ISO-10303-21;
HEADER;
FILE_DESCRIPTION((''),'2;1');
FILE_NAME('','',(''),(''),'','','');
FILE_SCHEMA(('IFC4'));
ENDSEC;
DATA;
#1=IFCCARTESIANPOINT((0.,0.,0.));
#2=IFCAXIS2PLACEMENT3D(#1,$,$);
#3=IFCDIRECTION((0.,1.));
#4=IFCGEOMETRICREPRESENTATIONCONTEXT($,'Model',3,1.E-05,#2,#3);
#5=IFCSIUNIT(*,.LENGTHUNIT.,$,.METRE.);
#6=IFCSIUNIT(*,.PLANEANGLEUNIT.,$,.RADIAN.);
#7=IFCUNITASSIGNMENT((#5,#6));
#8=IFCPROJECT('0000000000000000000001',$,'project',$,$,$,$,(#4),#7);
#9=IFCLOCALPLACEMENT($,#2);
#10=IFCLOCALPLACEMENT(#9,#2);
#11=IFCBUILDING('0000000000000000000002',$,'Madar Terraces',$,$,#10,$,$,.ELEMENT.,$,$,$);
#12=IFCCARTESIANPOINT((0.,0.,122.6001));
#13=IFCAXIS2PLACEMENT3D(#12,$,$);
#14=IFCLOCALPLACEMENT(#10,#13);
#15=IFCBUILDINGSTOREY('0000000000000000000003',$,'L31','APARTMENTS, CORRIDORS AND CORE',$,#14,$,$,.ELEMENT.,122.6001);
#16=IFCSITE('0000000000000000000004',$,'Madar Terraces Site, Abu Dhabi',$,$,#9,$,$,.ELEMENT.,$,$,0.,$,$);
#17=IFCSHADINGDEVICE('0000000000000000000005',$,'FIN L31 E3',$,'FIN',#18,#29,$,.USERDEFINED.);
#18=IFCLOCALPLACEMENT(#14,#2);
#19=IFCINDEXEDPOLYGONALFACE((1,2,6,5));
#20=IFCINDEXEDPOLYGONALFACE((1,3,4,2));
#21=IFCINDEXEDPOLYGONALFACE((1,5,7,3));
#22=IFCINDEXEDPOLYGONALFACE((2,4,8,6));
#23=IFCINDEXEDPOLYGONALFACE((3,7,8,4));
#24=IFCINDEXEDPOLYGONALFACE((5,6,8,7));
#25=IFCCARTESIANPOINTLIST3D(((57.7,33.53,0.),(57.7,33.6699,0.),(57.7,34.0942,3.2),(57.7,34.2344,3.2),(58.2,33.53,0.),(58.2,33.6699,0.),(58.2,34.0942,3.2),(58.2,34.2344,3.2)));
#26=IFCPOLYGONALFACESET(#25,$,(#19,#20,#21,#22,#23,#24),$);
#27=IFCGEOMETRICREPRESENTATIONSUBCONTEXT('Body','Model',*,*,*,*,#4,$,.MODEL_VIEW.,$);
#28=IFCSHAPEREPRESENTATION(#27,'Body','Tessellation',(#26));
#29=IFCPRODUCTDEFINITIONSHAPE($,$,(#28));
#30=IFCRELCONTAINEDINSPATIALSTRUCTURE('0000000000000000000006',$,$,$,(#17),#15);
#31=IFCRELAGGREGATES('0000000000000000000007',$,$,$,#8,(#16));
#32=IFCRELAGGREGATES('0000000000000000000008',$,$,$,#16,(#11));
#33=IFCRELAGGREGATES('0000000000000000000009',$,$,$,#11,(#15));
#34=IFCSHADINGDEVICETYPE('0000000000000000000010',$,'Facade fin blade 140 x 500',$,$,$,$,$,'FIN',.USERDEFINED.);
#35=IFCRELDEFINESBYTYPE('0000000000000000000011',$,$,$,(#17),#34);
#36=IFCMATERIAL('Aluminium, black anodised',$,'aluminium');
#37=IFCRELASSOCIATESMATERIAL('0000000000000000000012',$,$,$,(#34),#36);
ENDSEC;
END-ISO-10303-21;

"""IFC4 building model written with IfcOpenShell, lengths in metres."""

from ifc_helpers import new_model, si_unit, direction, frame, origin, place, context, subcontext, project, spatial, polyline, outline, extrude, material, type_object, element, save


model = new_model("IFC4")

# Units and contexts
model_context = context("Model", 3, precision=1e-05, world=origin(), true_north=direction((0.0, 1.0)))
body_context = subcontext(model_context, "Body", "Model", "MODEL_VIEW")
ifc_project = project(units=[si_unit("LENGTHUNIT", "METRE"), si_unit("PLANEANGLEUNIT", "RADIAN")], contexts=[model_context])

# Site, building, storey
site_placement = place(None, origin())
site = spatial("IfcSite", under=ifc_project, at=site_placement, Name="Madar Terraces Site, Abu Dhabi", CompositionType="ELEMENT", RefElevation=0.0)
building_placement = place(site_placement, origin())
building = spatial("IfcBuilding", under=site, at=building_placement, Name="Madar Terraces", CompositionType="ELEMENT")
storey_placement = place(building_placement, frame((0.0, 0.0, 122.6001)))
storey = spatial("IfcBuildingStorey", under=building, at=storey_placement, Name="L31", Description="APARTMENTS, CORRIDORS AND CORE", CompositionType="ELEMENT", Elevation=122.6001)

# Shading device
ifc_material_1 = material(Name="Aluminium, black anodised", Category="aluminium")
shading_device_type = type_object("IfcShadingDeviceType", Name="Facade fin blade 140 x 500", ElementType="FIN", PredefinedType="USERDEFINED", material=ifc_material_1)
shading_device_placement = place(storey_placement, frame((57.95, 33.53, 0.0), z_axis=(0.0, 0.0, 1.0), x_axis=(0.0, 1.0, 0.0)))
element("IfcShadingDevice", 1, at=shading_device_placement, inside=storey, type_object=shading_device_type, Name="FIN L31 E3", ObjectType="FIN", PredefinedType="USERDEFINED", context=body_context, shape_type="SweptSolid", body=[
    extrude(outline(polyline([(0.0, 0.0), (0.1399, 0.0), (0.7043, 3.2), (0.5642, 3.2), (0.0, 0.0)])), frame((0.0, 0.25, 0.0), z_axis=(0.0, -1.0, 0.0), x_axis=(1.0, 0.0, 0.0)), (0.0, 0.0, 1.0), 0.5),
])

save(model, "model.ifc")
